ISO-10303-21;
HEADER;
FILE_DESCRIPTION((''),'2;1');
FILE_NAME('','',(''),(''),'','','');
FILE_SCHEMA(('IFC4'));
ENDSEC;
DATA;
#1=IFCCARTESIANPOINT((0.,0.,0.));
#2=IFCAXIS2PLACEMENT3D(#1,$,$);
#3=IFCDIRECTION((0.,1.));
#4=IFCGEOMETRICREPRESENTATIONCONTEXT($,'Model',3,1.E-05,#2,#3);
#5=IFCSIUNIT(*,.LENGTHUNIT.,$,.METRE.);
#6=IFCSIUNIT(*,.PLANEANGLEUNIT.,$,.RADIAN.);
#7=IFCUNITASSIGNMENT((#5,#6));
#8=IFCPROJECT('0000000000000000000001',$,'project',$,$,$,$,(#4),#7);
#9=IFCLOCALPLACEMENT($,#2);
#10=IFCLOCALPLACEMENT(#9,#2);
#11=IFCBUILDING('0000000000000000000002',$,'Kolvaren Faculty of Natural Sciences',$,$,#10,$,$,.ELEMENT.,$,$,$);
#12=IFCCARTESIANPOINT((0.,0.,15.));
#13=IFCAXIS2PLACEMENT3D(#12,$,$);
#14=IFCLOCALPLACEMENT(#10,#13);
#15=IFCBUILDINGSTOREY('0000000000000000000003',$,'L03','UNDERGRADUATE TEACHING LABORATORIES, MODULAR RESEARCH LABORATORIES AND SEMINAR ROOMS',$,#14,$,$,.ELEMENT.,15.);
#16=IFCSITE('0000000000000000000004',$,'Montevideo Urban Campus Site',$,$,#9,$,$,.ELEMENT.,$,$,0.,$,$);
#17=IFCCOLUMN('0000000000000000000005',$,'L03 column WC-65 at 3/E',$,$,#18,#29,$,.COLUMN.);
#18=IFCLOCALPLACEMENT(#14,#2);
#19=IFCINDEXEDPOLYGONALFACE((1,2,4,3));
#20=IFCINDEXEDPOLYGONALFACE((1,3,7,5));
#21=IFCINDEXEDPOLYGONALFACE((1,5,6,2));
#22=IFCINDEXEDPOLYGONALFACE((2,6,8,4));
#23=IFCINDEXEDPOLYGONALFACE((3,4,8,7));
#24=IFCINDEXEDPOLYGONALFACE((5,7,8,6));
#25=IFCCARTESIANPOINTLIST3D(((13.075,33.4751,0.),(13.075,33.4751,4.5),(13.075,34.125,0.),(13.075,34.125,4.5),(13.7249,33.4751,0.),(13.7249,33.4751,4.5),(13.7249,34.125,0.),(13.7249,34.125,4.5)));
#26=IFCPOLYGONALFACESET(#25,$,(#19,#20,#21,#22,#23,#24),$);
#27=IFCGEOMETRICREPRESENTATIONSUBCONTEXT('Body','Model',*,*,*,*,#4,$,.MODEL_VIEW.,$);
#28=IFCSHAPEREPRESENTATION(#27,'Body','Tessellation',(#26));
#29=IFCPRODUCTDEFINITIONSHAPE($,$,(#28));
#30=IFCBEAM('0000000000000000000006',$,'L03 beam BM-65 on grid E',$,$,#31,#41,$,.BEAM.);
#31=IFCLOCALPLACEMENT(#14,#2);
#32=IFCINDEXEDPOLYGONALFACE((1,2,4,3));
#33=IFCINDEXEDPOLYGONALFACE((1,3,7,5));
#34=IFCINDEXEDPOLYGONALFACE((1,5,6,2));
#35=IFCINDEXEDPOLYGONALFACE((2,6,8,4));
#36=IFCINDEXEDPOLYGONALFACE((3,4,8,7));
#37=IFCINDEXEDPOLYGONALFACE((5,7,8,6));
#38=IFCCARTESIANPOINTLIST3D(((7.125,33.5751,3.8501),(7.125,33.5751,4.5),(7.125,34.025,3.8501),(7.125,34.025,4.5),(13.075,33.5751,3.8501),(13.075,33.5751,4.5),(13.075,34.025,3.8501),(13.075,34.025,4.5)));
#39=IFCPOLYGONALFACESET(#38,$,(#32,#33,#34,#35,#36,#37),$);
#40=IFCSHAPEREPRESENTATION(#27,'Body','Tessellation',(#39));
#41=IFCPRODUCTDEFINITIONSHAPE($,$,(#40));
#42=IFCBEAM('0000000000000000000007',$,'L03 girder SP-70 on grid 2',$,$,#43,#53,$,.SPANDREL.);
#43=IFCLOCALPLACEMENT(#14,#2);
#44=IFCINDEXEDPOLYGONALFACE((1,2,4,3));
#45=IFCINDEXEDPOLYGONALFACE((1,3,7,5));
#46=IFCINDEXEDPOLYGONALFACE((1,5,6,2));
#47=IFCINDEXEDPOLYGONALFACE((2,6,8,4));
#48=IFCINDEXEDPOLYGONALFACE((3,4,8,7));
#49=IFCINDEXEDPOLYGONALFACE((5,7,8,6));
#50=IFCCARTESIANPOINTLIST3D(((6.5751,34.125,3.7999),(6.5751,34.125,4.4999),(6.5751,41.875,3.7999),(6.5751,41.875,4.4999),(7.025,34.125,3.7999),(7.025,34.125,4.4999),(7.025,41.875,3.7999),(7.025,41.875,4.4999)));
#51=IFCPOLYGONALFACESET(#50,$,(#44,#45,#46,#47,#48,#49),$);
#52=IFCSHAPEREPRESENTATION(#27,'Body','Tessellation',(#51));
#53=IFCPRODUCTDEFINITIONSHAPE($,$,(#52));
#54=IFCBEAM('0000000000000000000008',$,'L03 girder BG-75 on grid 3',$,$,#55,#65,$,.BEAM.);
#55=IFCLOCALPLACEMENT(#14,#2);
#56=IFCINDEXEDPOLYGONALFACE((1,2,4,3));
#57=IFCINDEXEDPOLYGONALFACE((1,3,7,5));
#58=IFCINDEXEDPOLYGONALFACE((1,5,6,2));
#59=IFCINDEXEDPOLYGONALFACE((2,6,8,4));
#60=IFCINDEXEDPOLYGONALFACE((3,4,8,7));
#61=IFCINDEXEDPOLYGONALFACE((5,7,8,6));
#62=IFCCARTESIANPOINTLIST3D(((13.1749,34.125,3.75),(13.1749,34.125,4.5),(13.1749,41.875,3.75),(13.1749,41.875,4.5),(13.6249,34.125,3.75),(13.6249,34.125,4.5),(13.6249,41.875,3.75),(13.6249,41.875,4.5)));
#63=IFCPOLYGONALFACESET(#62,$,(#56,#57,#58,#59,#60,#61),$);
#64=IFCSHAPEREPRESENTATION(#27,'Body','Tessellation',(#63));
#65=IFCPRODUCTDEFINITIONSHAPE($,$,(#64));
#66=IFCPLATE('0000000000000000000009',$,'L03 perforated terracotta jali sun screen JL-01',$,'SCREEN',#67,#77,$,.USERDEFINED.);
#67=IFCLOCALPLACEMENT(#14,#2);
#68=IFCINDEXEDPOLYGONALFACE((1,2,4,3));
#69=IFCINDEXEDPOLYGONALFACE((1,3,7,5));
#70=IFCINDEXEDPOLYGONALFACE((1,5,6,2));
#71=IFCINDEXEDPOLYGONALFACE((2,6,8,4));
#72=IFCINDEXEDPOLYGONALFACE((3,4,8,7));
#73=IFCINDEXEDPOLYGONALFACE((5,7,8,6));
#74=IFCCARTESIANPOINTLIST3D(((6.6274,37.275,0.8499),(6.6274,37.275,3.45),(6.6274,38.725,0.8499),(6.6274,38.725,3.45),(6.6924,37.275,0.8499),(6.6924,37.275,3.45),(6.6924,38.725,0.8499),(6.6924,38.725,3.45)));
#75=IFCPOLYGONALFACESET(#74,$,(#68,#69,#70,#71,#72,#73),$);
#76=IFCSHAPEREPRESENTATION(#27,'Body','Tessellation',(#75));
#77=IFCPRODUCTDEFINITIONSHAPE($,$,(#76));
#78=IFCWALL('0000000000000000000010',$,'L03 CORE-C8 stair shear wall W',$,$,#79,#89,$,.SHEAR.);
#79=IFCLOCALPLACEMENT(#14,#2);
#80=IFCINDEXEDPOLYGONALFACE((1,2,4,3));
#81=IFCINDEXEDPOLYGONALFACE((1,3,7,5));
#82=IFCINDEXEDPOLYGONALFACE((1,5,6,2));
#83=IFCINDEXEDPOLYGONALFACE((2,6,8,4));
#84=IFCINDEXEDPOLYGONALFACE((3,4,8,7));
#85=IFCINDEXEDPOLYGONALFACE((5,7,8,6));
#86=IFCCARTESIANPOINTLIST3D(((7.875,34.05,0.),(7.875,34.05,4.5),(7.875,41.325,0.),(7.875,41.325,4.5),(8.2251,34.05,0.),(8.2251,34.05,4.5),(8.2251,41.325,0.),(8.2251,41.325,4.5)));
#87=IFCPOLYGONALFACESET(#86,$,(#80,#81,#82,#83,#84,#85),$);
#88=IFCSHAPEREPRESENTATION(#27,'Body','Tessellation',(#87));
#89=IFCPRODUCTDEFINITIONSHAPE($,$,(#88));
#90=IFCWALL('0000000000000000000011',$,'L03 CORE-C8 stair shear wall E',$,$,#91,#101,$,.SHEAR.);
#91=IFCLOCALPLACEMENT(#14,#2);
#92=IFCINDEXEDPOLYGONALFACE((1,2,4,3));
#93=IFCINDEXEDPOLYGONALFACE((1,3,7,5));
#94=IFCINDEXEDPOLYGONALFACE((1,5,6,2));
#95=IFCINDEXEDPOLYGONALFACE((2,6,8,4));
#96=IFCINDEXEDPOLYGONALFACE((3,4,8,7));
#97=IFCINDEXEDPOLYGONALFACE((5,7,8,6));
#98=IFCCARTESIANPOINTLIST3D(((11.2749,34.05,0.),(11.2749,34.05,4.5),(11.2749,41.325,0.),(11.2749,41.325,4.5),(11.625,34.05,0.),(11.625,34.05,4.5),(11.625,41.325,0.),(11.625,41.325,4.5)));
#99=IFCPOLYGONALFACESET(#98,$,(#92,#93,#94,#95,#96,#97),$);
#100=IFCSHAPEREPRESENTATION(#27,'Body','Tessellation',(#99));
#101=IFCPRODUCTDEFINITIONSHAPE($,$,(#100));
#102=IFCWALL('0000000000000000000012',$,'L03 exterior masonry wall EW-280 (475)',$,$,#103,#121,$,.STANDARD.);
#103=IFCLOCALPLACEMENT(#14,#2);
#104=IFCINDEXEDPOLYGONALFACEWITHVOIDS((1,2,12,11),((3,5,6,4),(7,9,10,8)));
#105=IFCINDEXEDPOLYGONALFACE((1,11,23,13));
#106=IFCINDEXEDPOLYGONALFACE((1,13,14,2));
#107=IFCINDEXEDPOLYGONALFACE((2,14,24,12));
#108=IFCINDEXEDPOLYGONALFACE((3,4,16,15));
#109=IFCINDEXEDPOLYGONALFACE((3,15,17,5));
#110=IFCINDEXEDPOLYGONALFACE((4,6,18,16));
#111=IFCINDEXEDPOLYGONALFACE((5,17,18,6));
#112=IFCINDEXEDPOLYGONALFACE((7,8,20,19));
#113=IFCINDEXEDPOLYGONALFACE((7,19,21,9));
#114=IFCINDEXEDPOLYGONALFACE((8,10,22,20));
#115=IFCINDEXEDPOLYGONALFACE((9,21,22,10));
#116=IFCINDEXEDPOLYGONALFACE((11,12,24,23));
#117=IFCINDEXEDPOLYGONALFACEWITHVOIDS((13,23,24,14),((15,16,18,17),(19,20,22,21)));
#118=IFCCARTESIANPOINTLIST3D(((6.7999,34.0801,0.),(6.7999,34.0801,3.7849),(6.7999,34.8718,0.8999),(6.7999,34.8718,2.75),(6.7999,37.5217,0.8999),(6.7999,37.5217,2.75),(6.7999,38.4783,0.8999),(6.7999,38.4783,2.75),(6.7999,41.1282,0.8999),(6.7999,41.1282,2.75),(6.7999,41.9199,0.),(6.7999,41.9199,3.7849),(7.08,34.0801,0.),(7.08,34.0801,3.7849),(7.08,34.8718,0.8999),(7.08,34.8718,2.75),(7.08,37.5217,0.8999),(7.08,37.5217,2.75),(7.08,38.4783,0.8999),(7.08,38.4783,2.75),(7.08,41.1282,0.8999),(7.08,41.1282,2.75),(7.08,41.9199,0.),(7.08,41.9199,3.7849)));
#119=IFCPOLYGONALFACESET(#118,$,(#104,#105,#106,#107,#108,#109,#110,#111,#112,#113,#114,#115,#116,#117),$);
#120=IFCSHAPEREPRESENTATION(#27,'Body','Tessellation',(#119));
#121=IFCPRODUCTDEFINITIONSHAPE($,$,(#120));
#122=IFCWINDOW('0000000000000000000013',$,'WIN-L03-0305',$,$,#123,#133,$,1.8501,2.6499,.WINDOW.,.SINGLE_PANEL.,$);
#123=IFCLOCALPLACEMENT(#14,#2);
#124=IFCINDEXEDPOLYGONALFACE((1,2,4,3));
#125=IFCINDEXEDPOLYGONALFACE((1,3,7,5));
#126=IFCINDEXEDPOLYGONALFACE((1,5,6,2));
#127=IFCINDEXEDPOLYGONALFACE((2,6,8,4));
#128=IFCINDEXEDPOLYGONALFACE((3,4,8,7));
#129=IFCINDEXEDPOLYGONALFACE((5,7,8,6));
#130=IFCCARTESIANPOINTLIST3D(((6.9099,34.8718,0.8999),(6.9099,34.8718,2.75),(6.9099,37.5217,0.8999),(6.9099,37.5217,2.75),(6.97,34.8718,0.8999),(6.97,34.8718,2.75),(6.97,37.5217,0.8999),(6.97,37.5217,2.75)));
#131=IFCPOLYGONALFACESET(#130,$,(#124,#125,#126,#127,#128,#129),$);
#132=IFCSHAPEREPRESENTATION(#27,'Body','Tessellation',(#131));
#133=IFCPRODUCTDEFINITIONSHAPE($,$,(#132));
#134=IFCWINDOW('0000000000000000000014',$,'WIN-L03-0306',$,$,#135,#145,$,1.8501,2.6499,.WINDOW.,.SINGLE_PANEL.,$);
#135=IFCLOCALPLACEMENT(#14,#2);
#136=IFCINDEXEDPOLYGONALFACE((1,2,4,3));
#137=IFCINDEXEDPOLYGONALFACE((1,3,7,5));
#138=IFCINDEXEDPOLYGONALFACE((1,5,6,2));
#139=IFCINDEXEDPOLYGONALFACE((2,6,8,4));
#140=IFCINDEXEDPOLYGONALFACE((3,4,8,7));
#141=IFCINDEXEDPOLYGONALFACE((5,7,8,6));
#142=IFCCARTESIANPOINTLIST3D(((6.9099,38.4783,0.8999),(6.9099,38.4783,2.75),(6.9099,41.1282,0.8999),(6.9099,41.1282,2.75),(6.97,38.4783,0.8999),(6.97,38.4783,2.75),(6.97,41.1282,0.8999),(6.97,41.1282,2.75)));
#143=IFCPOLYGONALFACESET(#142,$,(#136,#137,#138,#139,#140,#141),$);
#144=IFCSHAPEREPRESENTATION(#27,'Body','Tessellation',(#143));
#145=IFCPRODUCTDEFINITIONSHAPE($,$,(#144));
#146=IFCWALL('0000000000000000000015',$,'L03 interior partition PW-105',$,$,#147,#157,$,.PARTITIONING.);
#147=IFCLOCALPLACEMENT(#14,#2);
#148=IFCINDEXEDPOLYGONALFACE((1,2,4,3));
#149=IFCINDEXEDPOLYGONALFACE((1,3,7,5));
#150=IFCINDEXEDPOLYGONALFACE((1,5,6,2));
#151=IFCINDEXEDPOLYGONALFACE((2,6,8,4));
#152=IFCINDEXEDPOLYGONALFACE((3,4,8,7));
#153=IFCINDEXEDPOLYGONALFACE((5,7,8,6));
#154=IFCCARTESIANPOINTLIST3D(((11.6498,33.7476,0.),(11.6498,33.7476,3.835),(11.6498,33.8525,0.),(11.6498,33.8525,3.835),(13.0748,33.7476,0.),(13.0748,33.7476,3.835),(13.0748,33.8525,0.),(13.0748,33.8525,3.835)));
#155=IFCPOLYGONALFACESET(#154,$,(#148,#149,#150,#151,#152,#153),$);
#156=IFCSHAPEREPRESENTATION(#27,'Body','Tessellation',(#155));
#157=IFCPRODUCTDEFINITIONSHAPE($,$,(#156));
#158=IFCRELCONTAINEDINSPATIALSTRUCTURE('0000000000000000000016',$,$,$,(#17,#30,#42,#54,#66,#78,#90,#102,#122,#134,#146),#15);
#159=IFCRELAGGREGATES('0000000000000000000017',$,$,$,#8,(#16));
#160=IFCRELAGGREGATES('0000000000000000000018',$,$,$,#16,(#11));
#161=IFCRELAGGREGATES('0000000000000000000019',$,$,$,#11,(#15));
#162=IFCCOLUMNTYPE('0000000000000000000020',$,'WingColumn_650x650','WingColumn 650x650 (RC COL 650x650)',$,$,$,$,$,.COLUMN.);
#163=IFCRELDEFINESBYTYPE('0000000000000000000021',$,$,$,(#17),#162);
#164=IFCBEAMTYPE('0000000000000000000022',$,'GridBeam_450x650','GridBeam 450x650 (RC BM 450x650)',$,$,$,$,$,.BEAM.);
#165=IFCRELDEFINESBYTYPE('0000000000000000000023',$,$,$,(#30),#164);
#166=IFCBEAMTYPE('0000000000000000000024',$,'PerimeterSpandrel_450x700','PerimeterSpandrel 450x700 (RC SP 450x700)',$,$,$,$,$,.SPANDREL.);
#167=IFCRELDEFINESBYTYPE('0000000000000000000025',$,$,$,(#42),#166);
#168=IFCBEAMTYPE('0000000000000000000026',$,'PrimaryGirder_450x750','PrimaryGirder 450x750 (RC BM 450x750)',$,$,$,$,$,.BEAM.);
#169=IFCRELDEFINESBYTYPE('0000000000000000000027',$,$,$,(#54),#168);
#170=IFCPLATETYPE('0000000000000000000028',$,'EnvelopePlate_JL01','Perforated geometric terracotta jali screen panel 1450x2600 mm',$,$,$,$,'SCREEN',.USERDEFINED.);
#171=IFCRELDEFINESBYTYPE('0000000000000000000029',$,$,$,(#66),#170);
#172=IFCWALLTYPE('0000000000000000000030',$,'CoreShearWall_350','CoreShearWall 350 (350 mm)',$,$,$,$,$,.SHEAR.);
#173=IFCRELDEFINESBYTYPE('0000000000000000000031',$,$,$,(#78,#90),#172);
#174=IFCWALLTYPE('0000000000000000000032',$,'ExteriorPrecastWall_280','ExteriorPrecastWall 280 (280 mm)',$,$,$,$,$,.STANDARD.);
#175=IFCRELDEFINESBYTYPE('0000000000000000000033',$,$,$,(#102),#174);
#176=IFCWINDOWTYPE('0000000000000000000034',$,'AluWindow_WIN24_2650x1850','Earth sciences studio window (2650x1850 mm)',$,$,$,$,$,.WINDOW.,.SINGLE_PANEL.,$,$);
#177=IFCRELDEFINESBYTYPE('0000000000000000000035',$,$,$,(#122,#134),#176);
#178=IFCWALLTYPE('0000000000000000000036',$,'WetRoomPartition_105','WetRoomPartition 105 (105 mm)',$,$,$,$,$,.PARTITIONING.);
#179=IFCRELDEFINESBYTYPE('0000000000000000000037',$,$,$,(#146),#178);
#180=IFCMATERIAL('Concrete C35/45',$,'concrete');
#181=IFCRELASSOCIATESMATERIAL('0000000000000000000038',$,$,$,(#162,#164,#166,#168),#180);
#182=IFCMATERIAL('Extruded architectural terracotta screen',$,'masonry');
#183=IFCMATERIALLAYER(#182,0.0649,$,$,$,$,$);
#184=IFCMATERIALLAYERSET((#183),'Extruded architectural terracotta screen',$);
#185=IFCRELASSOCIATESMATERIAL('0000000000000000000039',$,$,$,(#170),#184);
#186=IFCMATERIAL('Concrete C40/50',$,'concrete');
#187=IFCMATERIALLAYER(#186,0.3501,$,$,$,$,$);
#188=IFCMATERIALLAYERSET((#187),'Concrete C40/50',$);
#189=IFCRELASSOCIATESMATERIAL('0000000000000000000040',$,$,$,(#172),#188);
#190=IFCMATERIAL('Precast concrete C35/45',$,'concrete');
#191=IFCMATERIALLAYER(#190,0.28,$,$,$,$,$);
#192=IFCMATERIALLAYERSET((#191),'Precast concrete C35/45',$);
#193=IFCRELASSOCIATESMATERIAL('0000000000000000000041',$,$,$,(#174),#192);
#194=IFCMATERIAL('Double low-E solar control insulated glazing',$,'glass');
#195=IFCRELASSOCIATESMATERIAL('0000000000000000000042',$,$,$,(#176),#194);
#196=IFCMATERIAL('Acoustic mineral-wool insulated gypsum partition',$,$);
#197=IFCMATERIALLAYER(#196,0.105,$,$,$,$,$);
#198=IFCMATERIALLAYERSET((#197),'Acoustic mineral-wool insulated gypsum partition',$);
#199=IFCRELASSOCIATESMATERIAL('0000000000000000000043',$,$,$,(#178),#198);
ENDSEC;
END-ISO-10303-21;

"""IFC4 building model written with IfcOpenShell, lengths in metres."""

from ifc_helpers import new_model, si_unit, direction, frame, frame_2d, origin, origin_2d, place, context, subcontext, project, spatial, rectangle, extrude, material, layer, layer_set, material_profile, profile_set, type_object, element, fill, save


model = new_model("IFC4")

# Units and contexts
model_context = context("Model", 3, precision=1e-05, world=origin(), true_north=direction((0.0, 1.0)))
body_context = subcontext(model_context, "Body", "Model", "MODEL_VIEW")
ifc_project = project(units=[si_unit("LENGTHUNIT", "METRE"), si_unit("PLANEANGLEUNIT", "RADIAN")], contexts=[model_context])

# Site, building, storey
site_placement = place(None, origin())
site = spatial("IfcSite", under=ifc_project, at=site_placement, Name="Montevideo Urban Campus Site", CompositionType="ELEMENT", RefElevation=0.0)
building_placement = place(site_placement, origin())
building = spatial("IfcBuilding", under=site, at=building_placement, Name="Kolvaren Faculty of Natural Sciences", CompositionType="ELEMENT")
storey_placement = place(building_placement, frame((0.0, 0.0, 15.0)))
storey = spatial("IfcBuildingStorey", under=building, at=storey_placement, Name="L03", Description="UNDERGRADUATE TEACHING LABORATORIES, MODULAR RESEARCH LABORATORIES AND SEMINAR ROOMS", CompositionType="ELEMENT", Elevation=15.0)

# Column
ifc_material_1 = material(Name="Concrete C35/45", Category="concrete")
ifc_material_profile_1 = material_profile(ifc_material_1, rectangle(XDim=0.6499, YDim=0.6499, at=origin_2d()), Name="RC COL 650x650")
ifc_profile_set_1 = profile_set([ifc_material_profile_1], Name="Concrete C35/45")
column_type = type_object("IfcColumnType", Name="WingColumn_650x650", Description="WingColumn 650x650 (RC COL 650x650)", PredefinedType="COLUMN", material=ifc_profile_set_1)
column_placement = place(storey_placement, frame((13.3999, 33.8, 0.0), z_axis=(0.0, 0.0, 1.0), x_axis=(1.0, 0.0, 0.0)))
element("IfcColumn", 1, at=column_placement, inside=storey, type_object=column_type, Name="L03 column WC-65 at 3/E", PredefinedType="COLUMN", context=body_context, shape_type="SweptSolid", body=[
    extrude(rectangle(XDim=0.6499, YDim=0.6499, at=origin_2d()), origin(), (0.0, 0.0, 1.0), 4.5),
])

# Beams
ifc_material_profile_2 = material_profile(ifc_material_1, rectangle(XDim=0.45, YDim=0.6499, at=origin_2d()), Name="RC BM 450x650")
ifc_profile_set_2 = profile_set([ifc_material_profile_2], Name="Concrete C35/45")
beam_type_1 = type_object("IfcBeamType", Name="GridBeam_450x650", Description="GridBeam 450x650 (RC BM 450x650)", PredefinedType="BEAM", material=ifc_profile_set_2)
beam_1_placement = place(storey_placement, frame((7.125, 33.8, 4.175), z_axis=(1.0, 0.0, 0.0), x_axis=(0.0, 1.0, 0.0)))
element("IfcBeam", 2, at=beam_1_placement, inside=storey, type_object=beam_type_1, Name="L03 beam BM-65 on grid E", PredefinedType="BEAM", context=body_context, shape_type="SweptSolid", body=[
    extrude(rectangle(XDim=0.45, YDim=0.6499, at=origin_2d()), origin(), (0.0, 0.0, 1.0), 5.95),
])
ifc_material_profile_3 = material_profile(ifc_material_1, rectangle(XDim=0.45, YDim=0.7, at=origin_2d()), Name="RC SP 450x700")
ifc_profile_set_3 = profile_set([ifc_material_profile_3], Name="Concrete C35/45")
beam_type_2 = type_object("IfcBeamType", Name="PerimeterSpandrel_450x700", Description="PerimeterSpandrel 450x700 (RC SP 450x700)", PredefinedType="SPANDREL", material=ifc_profile_set_3)
beam_2_placement = place(storey_placement, frame((6.8, 34.125, 4.1499), z_axis=(0.0, 1.0, 0.0), x_axis=(-1.0, 0.0, 0.0)))
element("IfcBeam", 3, at=beam_2_placement, inside=storey, type_object=beam_type_2, Name="L03 girder SP-70 on grid 2", PredefinedType="SPANDREL", context=body_context, shape_type="SweptSolid", body=[
    extrude(rectangle(XDim=0.45, YDim=0.7, at=origin_2d()), origin(), (0.0, 0.0, 1.0), 7.75),
])
ifc_material_profile_4 = material_profile(ifc_material_1, rectangle(XDim=0.45, YDim=0.75, at=origin_2d()), Name="RC BM 450x750")
ifc_profile_set_4 = profile_set([ifc_material_profile_4], Name="Concrete C35/45")
beam_type_3 = type_object("IfcBeamType", Name="PrimaryGirder_450x750", Description="PrimaryGirder 450x750 (RC BM 450x750)", PredefinedType="BEAM", material=ifc_profile_set_4)
beam_3_placement = place(storey_placement, frame((13.3999, 34.125, 4.125), z_axis=(0.0, 1.0, 0.0), x_axis=(-1.0, 0.0, 0.0)))
element("IfcBeam", 4, at=beam_3_placement, inside=storey, type_object=beam_type_3, Name="L03 girder BG-75 on grid 3", PredefinedType="BEAM", context=body_context, shape_type="SweptSolid", body=[
    extrude(rectangle(XDim=0.45, YDim=0.75, at=origin_2d()), origin(), (0.0, 0.0, 1.0), 7.75),
])

# Plate
ifc_material_2 = material(Name="Extruded architectural terracotta screen", Category="masonry")
ifc_layer_1 = layer(ifc_material_2, 0.0649)
ifc_layer_set_1 = layer_set([ifc_layer_1], Name="Extruded architectural terracotta screen")
plate_type = type_object("IfcPlateType", Name="EnvelopePlate_JL01", Description="Perforated geometric terracotta jali screen panel 1450x2600 mm", ElementType="SCREEN", PredefinedType="USERDEFINED", material=ifc_layer_set_1)
plate_placement = place(storey_placement, frame((6.6599, 38.0, 0.8499), z_axis=(0.0, 0.0, 1.0), x_axis=(0.0, 1.0, 0.0)))
element("IfcPlate", 5, at=plate_placement, inside=storey, type_object=plate_type, Name="L03 perforated terracotta jali sun screen JL-01", ObjectType="SCREEN", PredefinedType="USERDEFINED", context=body_context, shape_type="SweptSolid", body=[
    extrude(rectangle(XDim=1.45, YDim=0.0649, at=origin_2d()), origin(), (0.0, 0.0, 1.0), 2.6001),
])

# Shared definitions
ifc_material_3 = material(Name="Concrete C40/50", Category="concrete")
ifc_layer_2 = layer(ifc_material_3, 0.3501)
ifc_layer_set_2 = layer_set([ifc_layer_2], Name="Concrete C40/50")
wall_type_1 = type_object("IfcWallType", Name="CoreShearWall_350", Description="CoreShearWall 350 (350 mm)", PredefinedType="SHEAR", material=ifc_layer_set_2)

# Walls
for number, where, z_axis, x_axis, name in (
    (6, (8.05, 34.05, 0.0), (0.0, 0.0, 1.0), (0.0, 1.0, 0.0), "L03 CORE-C8 stair shear wall W"),
    (7, (11.45, 34.05, 0.0), (0.0, 0.0, 1.0), (0.0, 1.0, 0.0), "L03 CORE-C8 stair shear wall E"),
):
    element("IfcWall", number, at=place(storey_placement, frame(where, z_axis=z_axis, x_axis=x_axis)), inside=storey, type_object=wall_type_1, Name=name, PredefinedType="SHEAR", context=body_context, shape_type="SweptSolid", body=[
        extrude(rectangle(XDim=7.2749, YDim=0.3501, at=frame_2d((3.6375, 0.0))), origin(), (0.0, 0.0, 1.0), 4.5),
    ])

# Wall, openings, windows
ifc_material_4 = material(Name="Precast concrete C35/45", Category="concrete")
ifc_layer_3 = layer(ifc_material_4, 0.28)
ifc_layer_set_3 = layer_set([ifc_layer_3], Name="Precast concrete C35/45")
wall_type_2 = type_object("IfcWallType", Name="ExteriorPrecastWall_280", Description="ExteriorPrecastWall 280 (280 mm)", PredefinedType="STANDARD", material=ifc_layer_set_3)
wall_1_placement = place(storey_placement, frame((6.9399, 34.0801, 0.0), z_axis=(0.0, 0.0, 1.0), x_axis=(0.0, 1.0, 0.0)))
wall_1 = element("IfcWall", 8, at=wall_1_placement, inside=storey, type_object=wall_type_2, Name="L03 exterior masonry wall EW-280 (475)", PredefinedType="STANDARD", context=body_context, shape_type="SweptSolid", body=[
    extrude(rectangle(XDim=7.8398, YDim=0.28, at=frame_2d((3.9199, 0.0))), origin(), (0.0, 0.0, 1.0), 3.7849),
])
opening_1_placement = place(wall_1_placement, frame((0.7917, 0.0, 0.8999)))
opening_1 = element("IfcOpeningElement", 9, at=opening_1_placement, cuts=wall_1, PredefinedType="OPENING", context=body_context, shape_type="SweptSolid", body=[
    extrude(rectangle(XDim=2.6499, YDim=1.8501, at=frame_2d((1.325, 0.925))), frame((0.0, 0.1499, 0.0), z_axis=(0.0, -1.0, 0.0), x_axis=(1.0, 0.0, 0.0)), (0.0, 0.0, 1.0), 0.3),
])
opening_2_placement = place(wall_1_placement, frame((4.3982, 0.0, 0.8999)))
opening_2 = element("IfcOpeningElement", 10, at=opening_2_placement, cuts=wall_1, PredefinedType="OPENING", context=body_context, shape_type="SweptSolid", body=[
    extrude(rectangle(XDim=2.6499, YDim=1.8501, at=frame_2d((1.325, 0.925))), frame((0.0, 0.1499, 0.0), z_axis=(0.0, -1.0, 0.0), x_axis=(1.0, 0.0, 0.0)), (0.0, 0.0, 1.0), 0.3),
])
ifc_material_5 = material(Name="Double low-E solar control insulated glazing", Category="glass")
window_type = type_object("IfcWindowType", Name="AluWindow_WIN24_2650x1850", Description="Earth sciences studio window (2650x1850 mm)", PartitioningType="SINGLE_PANEL", PredefinedType="WINDOW", material=ifc_material_5)
window_1_placement = place(opening_1_placement, origin())
window_1 = element("IfcWindow", 11, at=window_1_placement, inside=storey, type_object=window_type, Name="WIN-L03-0305", OverallHeight=1.8501, OverallWidth=2.6499, PartitioningType="SINGLE_PANEL", PredefinedType="WINDOW", context=body_context, shape_type="SweptSolid", body=[
    extrude(rectangle(XDim=2.6499, YDim=1.8501, at=frame_2d((1.325, 0.925))), frame((0.0, 0.03, 0.0), z_axis=(0.0, -1.0, 0.0), x_axis=(1.0, 0.0, 0.0)), (0.0, 0.0, 1.0), 0.0601),
])
fill(opening_1, window_1)
window_2_placement = place(opening_2_placement, origin())
window_2 = element("IfcWindow", 12, at=window_2_placement, inside=storey, type_object=window_type, Name="WIN-L03-0306", OverallHeight=1.8501, OverallWidth=2.6499, PartitioningType="SINGLE_PANEL", PredefinedType="WINDOW", context=body_context, shape_type="SweptSolid", body=[
    extrude(rectangle(XDim=2.6499, YDim=1.8501, at=frame_2d((1.325, 0.925))), frame((0.0, 0.03, 0.0), z_axis=(0.0, -1.0, 0.0), x_axis=(1.0, 0.0, 0.0)), (0.0, 0.0, 1.0), 0.0601),
])
fill(opening_2, window_2)

# Wall
ifc_material_6 = material(Name="Acoustic mineral-wool insulated gypsum partition")
ifc_layer_4 = layer(ifc_material_6, 0.105)
ifc_layer_set_4 = layer_set([ifc_layer_4], Name="Acoustic mineral-wool insulated gypsum partition")
wall_type_3 = type_object("IfcWallType", Name="WetRoomPartition_105", Description="WetRoomPartition 105 (105 mm)", PredefinedType="PARTITIONING", material=ifc_layer_set_4)
wall_2_placement = place(storey_placement, frame((11.6499, 33.8, 0.0), z_axis=(0.0, 0.0, 1.0), x_axis=(1.0, 0.0, 0.0)))
element("IfcWall", 13, at=wall_2_placement, inside=storey, type_object=wall_type_3, Name="L03 interior partition PW-105", PredefinedType="PARTITIONING", context=body_context, shape_type="SweptSolid", body=[
    extrude(rectangle(XDim=1.425, YDim=0.105, at=frame_2d((0.7124, 0.0))), origin(), (0.0, 0.0, 1.0), 3.835),
])

save(model, "model.ifc")
